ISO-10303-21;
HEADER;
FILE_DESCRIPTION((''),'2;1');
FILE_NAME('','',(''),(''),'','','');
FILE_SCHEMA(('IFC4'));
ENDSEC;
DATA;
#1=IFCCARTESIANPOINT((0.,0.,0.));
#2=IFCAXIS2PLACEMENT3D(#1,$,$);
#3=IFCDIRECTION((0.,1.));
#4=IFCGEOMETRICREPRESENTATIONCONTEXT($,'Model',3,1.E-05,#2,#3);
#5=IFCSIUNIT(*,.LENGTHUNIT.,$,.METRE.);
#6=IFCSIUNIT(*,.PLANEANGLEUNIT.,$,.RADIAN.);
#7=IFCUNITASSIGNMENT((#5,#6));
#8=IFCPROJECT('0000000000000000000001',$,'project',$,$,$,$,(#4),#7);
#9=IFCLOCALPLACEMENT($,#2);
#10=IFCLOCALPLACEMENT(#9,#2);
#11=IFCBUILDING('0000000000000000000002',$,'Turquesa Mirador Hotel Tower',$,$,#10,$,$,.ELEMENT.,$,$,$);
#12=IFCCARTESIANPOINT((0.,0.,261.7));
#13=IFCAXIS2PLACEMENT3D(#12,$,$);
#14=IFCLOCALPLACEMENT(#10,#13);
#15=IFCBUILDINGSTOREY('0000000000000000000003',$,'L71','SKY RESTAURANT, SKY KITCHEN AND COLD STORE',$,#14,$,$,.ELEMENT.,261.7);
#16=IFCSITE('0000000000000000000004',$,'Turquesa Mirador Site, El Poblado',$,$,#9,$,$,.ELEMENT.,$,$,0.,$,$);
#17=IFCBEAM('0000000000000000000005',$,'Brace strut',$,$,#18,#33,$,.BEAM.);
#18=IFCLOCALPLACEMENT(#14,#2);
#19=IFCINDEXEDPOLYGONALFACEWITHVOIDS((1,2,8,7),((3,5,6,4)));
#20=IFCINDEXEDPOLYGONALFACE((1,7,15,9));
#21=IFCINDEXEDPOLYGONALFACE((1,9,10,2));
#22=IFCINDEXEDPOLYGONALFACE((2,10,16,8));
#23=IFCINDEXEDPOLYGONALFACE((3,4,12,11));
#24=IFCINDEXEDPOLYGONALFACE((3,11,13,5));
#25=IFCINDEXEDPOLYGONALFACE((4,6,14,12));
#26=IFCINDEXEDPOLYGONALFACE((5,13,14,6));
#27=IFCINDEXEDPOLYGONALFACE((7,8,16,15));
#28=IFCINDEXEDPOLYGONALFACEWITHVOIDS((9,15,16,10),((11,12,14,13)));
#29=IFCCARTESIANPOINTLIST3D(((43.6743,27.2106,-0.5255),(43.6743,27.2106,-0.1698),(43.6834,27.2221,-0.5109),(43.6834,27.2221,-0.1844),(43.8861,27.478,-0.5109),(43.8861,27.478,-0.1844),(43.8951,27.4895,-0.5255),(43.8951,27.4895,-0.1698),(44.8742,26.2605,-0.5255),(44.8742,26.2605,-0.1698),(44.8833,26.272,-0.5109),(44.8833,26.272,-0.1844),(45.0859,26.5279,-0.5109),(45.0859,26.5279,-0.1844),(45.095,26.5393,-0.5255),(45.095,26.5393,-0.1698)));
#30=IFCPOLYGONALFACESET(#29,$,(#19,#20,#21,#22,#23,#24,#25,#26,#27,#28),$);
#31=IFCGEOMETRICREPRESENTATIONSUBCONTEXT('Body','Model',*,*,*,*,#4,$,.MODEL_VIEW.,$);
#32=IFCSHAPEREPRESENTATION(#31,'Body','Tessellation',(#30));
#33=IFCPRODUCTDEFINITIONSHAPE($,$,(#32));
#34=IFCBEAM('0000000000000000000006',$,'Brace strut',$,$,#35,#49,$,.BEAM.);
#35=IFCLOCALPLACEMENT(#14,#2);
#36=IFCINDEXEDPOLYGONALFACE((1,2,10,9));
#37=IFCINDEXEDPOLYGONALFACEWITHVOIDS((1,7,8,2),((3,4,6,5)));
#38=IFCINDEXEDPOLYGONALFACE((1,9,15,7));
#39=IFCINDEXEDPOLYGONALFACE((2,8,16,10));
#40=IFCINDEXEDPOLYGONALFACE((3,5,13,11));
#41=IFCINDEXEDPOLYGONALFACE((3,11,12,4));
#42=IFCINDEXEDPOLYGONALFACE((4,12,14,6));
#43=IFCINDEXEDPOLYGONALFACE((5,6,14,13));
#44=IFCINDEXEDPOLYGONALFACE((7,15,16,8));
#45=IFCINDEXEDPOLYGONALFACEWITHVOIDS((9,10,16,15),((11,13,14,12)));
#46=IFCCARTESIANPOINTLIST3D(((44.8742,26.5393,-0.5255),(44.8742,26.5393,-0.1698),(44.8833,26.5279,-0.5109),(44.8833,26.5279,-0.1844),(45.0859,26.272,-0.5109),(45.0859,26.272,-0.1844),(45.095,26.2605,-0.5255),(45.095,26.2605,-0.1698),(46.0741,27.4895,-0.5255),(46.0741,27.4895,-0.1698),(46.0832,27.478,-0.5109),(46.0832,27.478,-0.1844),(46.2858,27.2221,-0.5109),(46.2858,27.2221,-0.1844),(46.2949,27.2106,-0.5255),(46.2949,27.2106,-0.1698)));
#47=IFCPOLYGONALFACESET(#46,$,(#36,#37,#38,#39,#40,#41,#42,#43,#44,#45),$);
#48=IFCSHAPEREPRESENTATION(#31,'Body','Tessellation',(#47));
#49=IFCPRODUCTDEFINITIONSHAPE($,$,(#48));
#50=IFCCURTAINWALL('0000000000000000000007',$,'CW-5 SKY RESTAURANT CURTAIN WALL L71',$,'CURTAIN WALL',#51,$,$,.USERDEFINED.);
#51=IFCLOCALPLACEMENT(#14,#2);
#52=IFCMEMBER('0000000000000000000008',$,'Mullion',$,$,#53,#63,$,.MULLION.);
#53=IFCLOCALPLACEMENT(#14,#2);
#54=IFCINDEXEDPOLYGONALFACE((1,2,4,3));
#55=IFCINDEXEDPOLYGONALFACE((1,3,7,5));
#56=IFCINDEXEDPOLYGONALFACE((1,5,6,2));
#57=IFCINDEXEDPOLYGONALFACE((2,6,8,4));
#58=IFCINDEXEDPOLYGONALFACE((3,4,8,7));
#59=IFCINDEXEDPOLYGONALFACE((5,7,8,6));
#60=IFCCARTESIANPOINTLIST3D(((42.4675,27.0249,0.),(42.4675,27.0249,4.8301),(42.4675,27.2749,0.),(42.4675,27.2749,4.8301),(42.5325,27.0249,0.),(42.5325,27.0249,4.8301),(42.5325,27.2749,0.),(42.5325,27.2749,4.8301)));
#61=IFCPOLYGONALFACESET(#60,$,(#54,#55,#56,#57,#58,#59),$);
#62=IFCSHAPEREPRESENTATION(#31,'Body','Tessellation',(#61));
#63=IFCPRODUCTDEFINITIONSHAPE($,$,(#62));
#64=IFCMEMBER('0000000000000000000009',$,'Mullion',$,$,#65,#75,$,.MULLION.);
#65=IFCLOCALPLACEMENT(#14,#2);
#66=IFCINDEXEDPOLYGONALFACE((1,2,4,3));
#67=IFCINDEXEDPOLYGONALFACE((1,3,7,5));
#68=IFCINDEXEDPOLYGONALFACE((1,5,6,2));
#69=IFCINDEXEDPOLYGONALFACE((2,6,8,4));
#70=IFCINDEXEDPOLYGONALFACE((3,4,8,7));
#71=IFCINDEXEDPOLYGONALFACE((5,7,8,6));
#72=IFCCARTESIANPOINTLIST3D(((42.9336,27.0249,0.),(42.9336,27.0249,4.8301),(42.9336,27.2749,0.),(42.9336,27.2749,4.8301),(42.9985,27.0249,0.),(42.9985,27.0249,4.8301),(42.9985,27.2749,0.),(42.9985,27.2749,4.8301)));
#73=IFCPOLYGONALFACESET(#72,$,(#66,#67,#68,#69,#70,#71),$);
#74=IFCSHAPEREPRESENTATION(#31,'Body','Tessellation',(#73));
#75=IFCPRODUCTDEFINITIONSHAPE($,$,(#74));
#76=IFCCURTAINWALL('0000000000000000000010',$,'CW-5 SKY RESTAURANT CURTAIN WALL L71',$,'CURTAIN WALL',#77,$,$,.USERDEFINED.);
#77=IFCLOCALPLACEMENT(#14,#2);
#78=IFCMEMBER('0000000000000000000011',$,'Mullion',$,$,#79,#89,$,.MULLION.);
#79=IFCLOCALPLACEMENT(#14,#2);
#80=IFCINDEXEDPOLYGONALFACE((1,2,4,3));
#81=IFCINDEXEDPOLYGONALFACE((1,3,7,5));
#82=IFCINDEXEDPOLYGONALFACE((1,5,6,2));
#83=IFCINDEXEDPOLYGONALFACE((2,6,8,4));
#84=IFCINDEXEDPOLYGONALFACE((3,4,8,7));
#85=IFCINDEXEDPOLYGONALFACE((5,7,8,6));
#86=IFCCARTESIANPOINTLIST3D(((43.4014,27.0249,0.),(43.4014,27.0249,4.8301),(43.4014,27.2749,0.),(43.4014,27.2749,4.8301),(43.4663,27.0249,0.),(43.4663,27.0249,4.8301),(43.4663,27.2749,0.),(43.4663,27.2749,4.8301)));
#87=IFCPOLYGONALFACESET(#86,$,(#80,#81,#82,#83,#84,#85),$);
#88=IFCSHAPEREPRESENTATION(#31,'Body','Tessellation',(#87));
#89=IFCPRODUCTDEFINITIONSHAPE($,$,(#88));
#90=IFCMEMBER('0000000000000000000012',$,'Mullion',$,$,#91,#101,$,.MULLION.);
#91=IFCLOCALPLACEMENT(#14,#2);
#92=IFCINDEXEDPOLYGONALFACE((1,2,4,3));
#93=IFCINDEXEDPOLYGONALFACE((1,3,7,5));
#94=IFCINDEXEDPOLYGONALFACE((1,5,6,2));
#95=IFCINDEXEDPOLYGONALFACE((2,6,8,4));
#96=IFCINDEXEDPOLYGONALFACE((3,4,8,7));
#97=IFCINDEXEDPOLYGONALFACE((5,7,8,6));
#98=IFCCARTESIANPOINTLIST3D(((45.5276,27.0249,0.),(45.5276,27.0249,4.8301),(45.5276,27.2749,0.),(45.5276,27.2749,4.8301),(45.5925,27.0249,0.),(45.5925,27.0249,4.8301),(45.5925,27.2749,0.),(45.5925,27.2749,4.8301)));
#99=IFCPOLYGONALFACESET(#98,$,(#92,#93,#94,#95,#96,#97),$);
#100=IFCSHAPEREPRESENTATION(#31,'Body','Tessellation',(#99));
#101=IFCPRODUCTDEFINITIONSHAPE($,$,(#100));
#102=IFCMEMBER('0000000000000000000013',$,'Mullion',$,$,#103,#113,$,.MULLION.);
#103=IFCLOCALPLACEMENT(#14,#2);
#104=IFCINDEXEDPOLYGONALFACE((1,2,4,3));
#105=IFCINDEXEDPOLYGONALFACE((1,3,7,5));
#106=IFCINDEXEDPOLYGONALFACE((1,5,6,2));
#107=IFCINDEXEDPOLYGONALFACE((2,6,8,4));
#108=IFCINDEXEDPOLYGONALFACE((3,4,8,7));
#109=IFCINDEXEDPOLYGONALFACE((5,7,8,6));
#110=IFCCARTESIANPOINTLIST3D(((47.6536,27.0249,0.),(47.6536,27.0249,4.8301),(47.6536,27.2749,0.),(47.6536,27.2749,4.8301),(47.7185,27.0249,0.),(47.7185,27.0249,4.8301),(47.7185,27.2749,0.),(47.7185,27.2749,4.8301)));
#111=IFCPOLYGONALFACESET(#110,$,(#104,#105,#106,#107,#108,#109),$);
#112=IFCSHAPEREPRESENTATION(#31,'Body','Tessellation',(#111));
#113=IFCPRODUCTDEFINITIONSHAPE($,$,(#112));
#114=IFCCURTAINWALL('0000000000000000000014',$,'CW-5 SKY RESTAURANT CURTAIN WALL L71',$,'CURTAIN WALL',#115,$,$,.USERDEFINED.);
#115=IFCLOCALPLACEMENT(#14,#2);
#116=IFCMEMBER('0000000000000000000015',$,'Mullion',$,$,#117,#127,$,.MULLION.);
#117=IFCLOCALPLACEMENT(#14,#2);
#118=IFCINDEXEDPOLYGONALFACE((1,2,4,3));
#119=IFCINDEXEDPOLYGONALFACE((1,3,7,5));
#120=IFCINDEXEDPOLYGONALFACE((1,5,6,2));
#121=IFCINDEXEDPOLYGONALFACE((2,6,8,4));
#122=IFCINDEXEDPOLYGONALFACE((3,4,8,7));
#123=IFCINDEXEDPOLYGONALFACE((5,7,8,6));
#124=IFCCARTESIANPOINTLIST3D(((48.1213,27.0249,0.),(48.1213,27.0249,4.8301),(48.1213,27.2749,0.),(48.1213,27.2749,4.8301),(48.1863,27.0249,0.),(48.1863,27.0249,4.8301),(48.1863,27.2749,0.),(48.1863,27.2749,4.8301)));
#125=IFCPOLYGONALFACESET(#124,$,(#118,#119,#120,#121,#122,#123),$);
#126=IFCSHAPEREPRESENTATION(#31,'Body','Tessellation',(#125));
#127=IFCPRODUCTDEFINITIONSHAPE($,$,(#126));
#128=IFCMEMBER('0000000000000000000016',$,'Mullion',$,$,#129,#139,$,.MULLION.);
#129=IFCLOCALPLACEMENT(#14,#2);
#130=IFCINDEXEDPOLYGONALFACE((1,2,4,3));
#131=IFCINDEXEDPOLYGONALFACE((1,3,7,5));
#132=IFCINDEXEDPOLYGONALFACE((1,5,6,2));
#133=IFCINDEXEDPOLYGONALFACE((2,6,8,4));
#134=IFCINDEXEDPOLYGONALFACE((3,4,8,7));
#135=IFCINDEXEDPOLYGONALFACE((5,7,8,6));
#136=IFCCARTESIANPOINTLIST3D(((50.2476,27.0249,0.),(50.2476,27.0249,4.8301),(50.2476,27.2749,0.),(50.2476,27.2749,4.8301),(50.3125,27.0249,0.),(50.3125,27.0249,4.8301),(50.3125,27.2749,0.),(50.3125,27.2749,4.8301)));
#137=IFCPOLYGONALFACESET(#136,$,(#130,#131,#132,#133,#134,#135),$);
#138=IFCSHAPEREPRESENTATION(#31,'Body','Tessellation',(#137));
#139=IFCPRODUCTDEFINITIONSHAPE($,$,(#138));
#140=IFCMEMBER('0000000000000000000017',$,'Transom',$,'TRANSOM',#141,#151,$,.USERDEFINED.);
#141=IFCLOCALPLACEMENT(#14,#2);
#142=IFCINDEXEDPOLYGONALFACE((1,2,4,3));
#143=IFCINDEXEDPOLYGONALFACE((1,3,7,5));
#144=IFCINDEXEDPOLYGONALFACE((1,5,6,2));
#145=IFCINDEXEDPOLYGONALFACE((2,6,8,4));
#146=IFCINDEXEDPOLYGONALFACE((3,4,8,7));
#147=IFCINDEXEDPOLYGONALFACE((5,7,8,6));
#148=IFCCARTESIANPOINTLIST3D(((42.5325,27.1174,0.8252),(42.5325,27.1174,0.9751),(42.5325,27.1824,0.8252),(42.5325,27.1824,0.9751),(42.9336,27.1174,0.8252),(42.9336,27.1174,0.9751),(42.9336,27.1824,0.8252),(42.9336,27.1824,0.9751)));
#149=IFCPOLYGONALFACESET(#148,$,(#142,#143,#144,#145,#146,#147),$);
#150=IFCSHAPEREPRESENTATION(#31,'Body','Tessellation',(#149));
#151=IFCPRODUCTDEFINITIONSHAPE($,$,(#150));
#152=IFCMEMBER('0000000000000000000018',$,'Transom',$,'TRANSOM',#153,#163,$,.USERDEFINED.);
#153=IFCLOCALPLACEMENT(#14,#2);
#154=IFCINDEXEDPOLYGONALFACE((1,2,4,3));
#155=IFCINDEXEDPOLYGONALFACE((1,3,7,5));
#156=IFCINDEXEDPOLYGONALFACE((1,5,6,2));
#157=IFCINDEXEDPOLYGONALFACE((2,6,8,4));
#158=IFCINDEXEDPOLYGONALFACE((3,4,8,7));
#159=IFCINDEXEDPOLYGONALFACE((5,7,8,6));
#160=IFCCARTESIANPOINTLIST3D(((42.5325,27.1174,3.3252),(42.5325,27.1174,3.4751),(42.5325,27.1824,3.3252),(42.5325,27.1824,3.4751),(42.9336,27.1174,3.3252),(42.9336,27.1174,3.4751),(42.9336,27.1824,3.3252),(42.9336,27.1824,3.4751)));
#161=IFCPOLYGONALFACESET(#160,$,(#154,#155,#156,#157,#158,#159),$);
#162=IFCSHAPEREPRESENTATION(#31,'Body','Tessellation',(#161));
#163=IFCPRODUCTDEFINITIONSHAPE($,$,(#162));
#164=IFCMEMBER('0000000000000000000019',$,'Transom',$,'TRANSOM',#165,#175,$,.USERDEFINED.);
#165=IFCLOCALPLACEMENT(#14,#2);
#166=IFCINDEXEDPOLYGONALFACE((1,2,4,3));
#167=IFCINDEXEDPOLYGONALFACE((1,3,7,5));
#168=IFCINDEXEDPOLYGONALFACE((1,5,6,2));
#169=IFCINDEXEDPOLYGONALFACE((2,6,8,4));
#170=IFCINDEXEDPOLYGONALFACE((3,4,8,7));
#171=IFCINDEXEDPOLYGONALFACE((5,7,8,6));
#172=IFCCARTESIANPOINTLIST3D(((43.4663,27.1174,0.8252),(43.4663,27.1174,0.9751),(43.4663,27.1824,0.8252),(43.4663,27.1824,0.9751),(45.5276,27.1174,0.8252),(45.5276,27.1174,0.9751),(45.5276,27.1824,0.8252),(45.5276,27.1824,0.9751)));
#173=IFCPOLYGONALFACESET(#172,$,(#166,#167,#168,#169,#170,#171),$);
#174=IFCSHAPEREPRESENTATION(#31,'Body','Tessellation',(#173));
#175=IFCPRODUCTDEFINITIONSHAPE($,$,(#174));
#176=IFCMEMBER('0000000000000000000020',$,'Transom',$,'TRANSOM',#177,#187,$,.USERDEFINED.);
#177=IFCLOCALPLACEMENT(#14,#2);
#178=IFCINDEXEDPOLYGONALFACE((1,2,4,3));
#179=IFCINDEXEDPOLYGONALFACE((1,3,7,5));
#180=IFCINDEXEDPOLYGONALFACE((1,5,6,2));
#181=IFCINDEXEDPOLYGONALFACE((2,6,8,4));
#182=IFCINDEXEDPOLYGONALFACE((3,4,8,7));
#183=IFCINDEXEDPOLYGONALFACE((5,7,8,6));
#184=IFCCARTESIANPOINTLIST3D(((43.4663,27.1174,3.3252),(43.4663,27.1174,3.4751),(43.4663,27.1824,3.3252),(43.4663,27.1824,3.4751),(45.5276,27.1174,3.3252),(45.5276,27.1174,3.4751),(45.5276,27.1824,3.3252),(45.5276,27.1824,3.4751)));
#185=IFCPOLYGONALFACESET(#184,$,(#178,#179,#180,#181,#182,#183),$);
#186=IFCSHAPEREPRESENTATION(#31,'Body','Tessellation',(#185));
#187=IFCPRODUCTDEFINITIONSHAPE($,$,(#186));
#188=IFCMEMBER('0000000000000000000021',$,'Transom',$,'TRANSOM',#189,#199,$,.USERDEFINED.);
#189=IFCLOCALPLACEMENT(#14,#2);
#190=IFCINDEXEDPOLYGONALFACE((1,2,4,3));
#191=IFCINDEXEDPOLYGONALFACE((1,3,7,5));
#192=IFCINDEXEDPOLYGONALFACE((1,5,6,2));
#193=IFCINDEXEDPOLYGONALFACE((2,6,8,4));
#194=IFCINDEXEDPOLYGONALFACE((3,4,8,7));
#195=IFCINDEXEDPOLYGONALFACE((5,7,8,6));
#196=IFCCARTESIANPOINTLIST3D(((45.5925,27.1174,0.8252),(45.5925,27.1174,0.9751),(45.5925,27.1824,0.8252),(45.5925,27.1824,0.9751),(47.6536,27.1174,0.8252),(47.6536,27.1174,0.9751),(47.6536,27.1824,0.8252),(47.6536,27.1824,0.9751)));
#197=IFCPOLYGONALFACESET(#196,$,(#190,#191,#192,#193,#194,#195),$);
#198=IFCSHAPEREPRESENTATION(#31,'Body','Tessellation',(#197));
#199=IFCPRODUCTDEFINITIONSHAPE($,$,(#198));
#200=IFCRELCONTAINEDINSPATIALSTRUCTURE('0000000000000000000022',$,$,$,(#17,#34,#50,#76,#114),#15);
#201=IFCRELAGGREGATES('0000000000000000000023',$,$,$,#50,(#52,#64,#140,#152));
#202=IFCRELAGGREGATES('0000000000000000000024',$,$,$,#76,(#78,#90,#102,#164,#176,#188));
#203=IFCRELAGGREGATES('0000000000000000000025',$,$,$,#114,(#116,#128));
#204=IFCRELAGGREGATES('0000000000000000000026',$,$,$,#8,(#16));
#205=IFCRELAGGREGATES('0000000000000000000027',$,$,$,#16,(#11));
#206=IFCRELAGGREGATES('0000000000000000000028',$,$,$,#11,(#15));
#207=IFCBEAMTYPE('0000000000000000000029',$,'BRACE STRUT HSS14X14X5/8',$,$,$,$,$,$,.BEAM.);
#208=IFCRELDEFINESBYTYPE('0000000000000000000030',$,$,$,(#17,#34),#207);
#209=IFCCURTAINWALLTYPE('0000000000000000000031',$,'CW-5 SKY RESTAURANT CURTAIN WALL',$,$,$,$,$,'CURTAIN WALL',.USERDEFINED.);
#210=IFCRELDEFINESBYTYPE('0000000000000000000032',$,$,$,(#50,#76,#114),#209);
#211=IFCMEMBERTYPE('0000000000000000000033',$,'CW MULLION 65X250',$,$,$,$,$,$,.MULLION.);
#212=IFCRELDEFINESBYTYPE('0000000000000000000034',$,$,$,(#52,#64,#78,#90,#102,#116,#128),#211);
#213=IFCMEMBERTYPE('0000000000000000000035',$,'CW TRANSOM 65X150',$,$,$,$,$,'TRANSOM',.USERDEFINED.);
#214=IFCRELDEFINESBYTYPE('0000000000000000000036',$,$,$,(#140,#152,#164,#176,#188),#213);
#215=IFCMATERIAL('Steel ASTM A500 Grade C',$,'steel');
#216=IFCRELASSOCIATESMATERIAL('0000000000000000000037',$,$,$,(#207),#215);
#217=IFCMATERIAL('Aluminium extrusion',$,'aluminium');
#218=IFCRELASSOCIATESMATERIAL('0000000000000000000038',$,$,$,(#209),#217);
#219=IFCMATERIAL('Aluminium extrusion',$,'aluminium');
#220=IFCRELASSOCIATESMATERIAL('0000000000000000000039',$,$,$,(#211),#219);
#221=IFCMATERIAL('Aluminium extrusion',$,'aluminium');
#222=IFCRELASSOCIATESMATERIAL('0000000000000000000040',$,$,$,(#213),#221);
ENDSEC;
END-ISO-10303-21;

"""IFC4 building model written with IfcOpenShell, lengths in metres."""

from ifc_helpers import new_model, si_unit, direction, frame, origin, origin_2d, place, context, subcontext, project, spatial, rectangle, hollow_rectangle, extrude, material, material_profile, profile_set, type_object, element, aggregate, save


model = new_model("IFC4")

# Units and contexts
model_context = context("Model", 3, precision=1e-05, world=origin(), true_north=direction((0.0, 1.0)))
body_context = subcontext(model_context, "Body", "Model", "MODEL_VIEW")
ifc_project = project(units=[si_unit("LENGTHUNIT", "METRE"), si_unit("PLANEANGLEUNIT", "RADIAN")], contexts=[model_context])

# Site, building, storey
site_placement = place(None, origin())
site = spatial("IfcSite", under=ifc_project, at=site_placement, Name="Turquesa Mirador Site, El Poblado", CompositionType="ELEMENT", RefElevation=0.0)
building_placement = place(site_placement, origin())
building = spatial("IfcBuilding", under=site, at=building_placement, Name="Turquesa Mirador Hotel Tower", CompositionType="ELEMENT")
storey_placement = place(building_placement, frame((0.0, 0.0, 261.7)))
storey = spatial("IfcBuildingStorey", under=building, at=storey_placement, Name="L71", Description="SKY RESTAURANT, SKY KITCHEN AND COLD STORE", CompositionType="ELEMENT", Elevation=261.7)

# Beams
ifc_material_1 = material(Name="Steel ASTM A500 Grade C", Category="steel")
ifc_material_profile_1 = material_profile(ifc_material_1, hollow_rectangle(XDim=0.3557, YDim=0.3557, WallThickness=0.0146, at=origin_2d()), Name="HSS14X14X5/8")
ifc_profile_set_1 = profile_set([ifc_material_profile_1], Name="Steel ASTM A500 Grade C")
beam_type = type_object("IfcBeamType", Name="BRACE STRUT HSS14X14X5/8", PredefinedType="BEAM", material=ifc_profile_set_1)
for number, where, z_axis, x_axis, name in (
    (1, (44.9846, 26.3999, -0.3477), (-0.783971, 0.620797, 0.0), (-0.620797, -0.783971, 0.0), "Brace strut"),
    (2, (44.9846, 26.3999, -0.3477), (0.783971, 0.620797, 0.0), (-0.620797, 0.783971, 0.0), "Brace strut"),
):
    element("IfcBeam", number, at=place(storey_placement, frame(where, z_axis=z_axis, x_axis=x_axis)), inside=storey, type_object=beam_type, Name=name, PredefinedType="BEAM", context=body_context, shape_type="SweptSolid", body=[
        extrude(hollow_rectangle(XDim=0.3557, YDim=0.3557, WallThickness=0.0146, at=origin_2d()), origin(), (0.0, 0.0, 1.0), 1.5305),
    ])

# Curtain walls, members
ifc_material_2 = material(Name="Aluminium extrusion", Category="aluminium")
curtain_wall_type = type_object("IfcCurtainWallType", Name="CW-5 SKY RESTAURANT CURTAIN WALL", ElementType="CURTAIN WALL", PredefinedType="USERDEFINED", material=ifc_material_2)
curtain_wall_1_placement = place(storey_placement, origin())
curtain_wall_1 = element("IfcCurtainWall", 3, at=curtain_wall_1_placement, inside=storey, type_object=curtain_wall_type, Name="CW-5 SKY RESTAURANT CURTAIN WALL L71", ObjectType="CURTAIN WALL", PredefinedType="USERDEFINED")
ifc_material_3 = material(Name="Aluminium extrusion", Category="aluminium")
ifc_material_profile_2 = material_profile(ifc_material_3, rectangle(XDim=0.0649, YDim=0.25, at=origin_2d()), Name="MULLION 65X250")
ifc_profile_set_2 = profile_set([ifc_material_profile_2], Name="Aluminium extrusion")
member_type_1 = type_object("IfcMemberType", Name="CW MULLION 65X250", PredefinedType="MULLION", material=ifc_profile_set_2)
member_1_placement = place(storey_placement, frame((42.5, 27.1499, 0.0), z_axis=(0.0, 0.0, 1.0), x_axis=(1.0, 0.0, 0.0)))
member_1 = element("IfcMember", 4, at=member_1_placement, type_object=member_type_1, Name="Mullion", PredefinedType="MULLION", context=body_context, shape_type="SweptSolid", body=[
    extrude(rectangle(XDim=0.0649, YDim=0.25, at=origin_2d()), origin(), (0.0, 0.0, 1.0), 4.8301),
])
member_2_placement = place(storey_placement, frame((42.9661, 27.1499, 0.0), z_axis=(0.0, 0.0, 1.0), x_axis=(1.0, 0.0, 0.0)))
member_2 = element("IfcMember", 5, at=member_2_placement, type_object=member_type_1, Name="Mullion", PredefinedType="MULLION", context=body_context, shape_type="SweptSolid", body=[
    extrude(rectangle(XDim=0.0649, YDim=0.25, at=origin_2d()), origin(), (0.0, 0.0, 1.0), 4.8301),
])
curtain_wall_2_placement = place(storey_placement, origin())
curtain_wall_2 = element("IfcCurtainWall", 6, at=curtain_wall_2_placement, inside=storey, type_object=curtain_wall_type, Name="CW-5 SKY RESTAURANT CURTAIN WALL L71", ObjectType="CURTAIN WALL", PredefinedType="USERDEFINED")
member_3_placement = place(storey_placement, frame((43.4338, 27.1499, 0.0), z_axis=(0.0, 0.0, 1.0), x_axis=(1.0, 0.0, 0.0)))
member_3 = element("IfcMember", 7, at=member_3_placement, type_object=member_type_1, Name="Mullion", PredefinedType="MULLION", context=body_context, shape_type="SweptSolid", body=[
    extrude(rectangle(XDim=0.0649, YDim=0.25, at=origin_2d()), origin(), (0.0, 0.0, 1.0), 4.8301),
])
member_4_placement = place(storey_placement, frame((45.5601, 27.1499, 0.0), z_axis=(0.0, 0.0, 1.0), x_axis=(1.0, 0.0, 0.0)))
member_4 = element("IfcMember", 8, at=member_4_placement, type_object=member_type_1, Name="Mullion", PredefinedType="MULLION", context=body_context, shape_type="SweptSolid", body=[
    extrude(rectangle(XDim=0.0649, YDim=0.25, at=origin_2d()), origin(), (0.0, 0.0, 1.0), 4.8301),
])
member_5_placement = place(storey_placement, frame((47.686, 27.1499, 0.0), z_axis=(0.0, 0.0, 1.0), x_axis=(1.0, 0.0, 0.0)))
member_5 = element("IfcMember", 9, at=member_5_placement, type_object=member_type_1, Name="Mullion", PredefinedType="MULLION", context=body_context, shape_type="SweptSolid", body=[
    extrude(rectangle(XDim=0.0649, YDim=0.25, at=origin_2d()), origin(), (0.0, 0.0, 1.0), 4.8301),
])
curtain_wall_3_placement = place(storey_placement, origin())
curtain_wall_3 = element("IfcCurtainWall", 10, at=curtain_wall_3_placement, inside=storey, type_object=curtain_wall_type, Name="CW-5 SKY RESTAURANT CURTAIN WALL L71", ObjectType="CURTAIN WALL", PredefinedType="USERDEFINED")
member_6_placement = place(storey_placement, frame((48.1538, 27.1499, 0.0), z_axis=(0.0, 0.0, 1.0), x_axis=(1.0, 0.0, 0.0)))
member_6 = element("IfcMember", 11, at=member_6_placement, type_object=member_type_1, Name="Mullion", PredefinedType="MULLION", context=body_context, shape_type="SweptSolid", body=[
    extrude(rectangle(XDim=0.0649, YDim=0.25, at=origin_2d()), origin(), (0.0, 0.0, 1.0), 4.8301),
])
member_7_placement = place(storey_placement, frame((50.28, 27.1499, 0.0), z_axis=(0.0, 0.0, 1.0), x_axis=(1.0, 0.0, 0.0)))
member_7 = element("IfcMember", 12, at=member_7_placement, type_object=member_type_1, Name="Mullion", PredefinedType="MULLION", context=body_context, shape_type="SweptSolid", body=[
    extrude(rectangle(XDim=0.0649, YDim=0.25, at=origin_2d()), origin(), (0.0, 0.0, 1.0), 4.8301),
])

# Members
ifc_material_4 = material(Name="Aluminium extrusion", Category="aluminium")
ifc_material_profile_3 = material_profile(ifc_material_4, rectangle(XDim=0.0649, YDim=0.1499, at=origin_2d()), Name="TRANSOM 65X150")
ifc_profile_set_3 = profile_set([ifc_material_profile_3], Name="Aluminium extrusion")
member_type_2 = type_object("IfcMemberType", Name="CW TRANSOM 65X150", ElementType="TRANSOM", PredefinedType="USERDEFINED", material=ifc_profile_set_3)
member_8_placement = place(storey_placement, frame((42.5325, 27.1499, 0.9001), z_axis=(1.0, 0.0, 0.0), x_axis=(0.0, 1.0, 0.0)))
member_8 = element("IfcMember", 13, at=member_8_placement, type_object=member_type_2, Name="Transom", ObjectType="TRANSOM", PredefinedType="USERDEFINED", context=body_context, shape_type="SweptSolid", body=[
    extrude(rectangle(XDim=0.0649, YDim=0.1499, at=origin_2d()), origin(), (0.0, 0.0, 1.0), 0.4011),
])
member_9_placement = place(storey_placement, frame((42.5325, 27.1499, 3.4001), z_axis=(1.0, 0.0, 0.0), x_axis=(0.0, 1.0, 0.0)))
member_9 = element("IfcMember", 14, at=member_9_placement, type_object=member_type_2, Name="Transom", ObjectType="TRANSOM", PredefinedType="USERDEFINED", context=body_context, shape_type="SweptSolid", body=[
    extrude(rectangle(XDim=0.0649, YDim=0.1499, at=origin_2d()), origin(), (0.0, 0.0, 1.0), 0.4011),
])
member_10_placement = place(storey_placement, frame((43.4663, 27.1499, 0.9001), z_axis=(1.0, 0.0, 0.0), x_axis=(0.0, 1.0, 0.0)))
member_10 = element("IfcMember", 15, at=member_10_placement, type_object=member_type_2, Name="Transom", ObjectType="TRANSOM", PredefinedType="USERDEFINED", context=body_context, shape_type="SweptSolid", body=[
    extrude(rectangle(XDim=0.0649, YDim=0.1499, at=origin_2d()), origin(), (0.0, 0.0, 1.0), 2.0613),
])
member_11_placement = place(storey_placement, frame((43.4663, 27.1499, 3.4001), z_axis=(1.0, 0.0, 0.0), x_axis=(0.0, 1.0, 0.0)))
member_11 = element("IfcMember", 16, at=member_11_placement, type_object=member_type_2, Name="Transom", ObjectType="TRANSOM", PredefinedType="USERDEFINED", context=body_context, shape_type="SweptSolid", body=[
    extrude(rectangle(XDim=0.0649, YDim=0.1499, at=origin_2d()), origin(), (0.0, 0.0, 1.0), 2.0613),
])
member_12_placement = place(storey_placement, frame((45.5925, 27.1499, 0.9001), z_axis=(1.0, 0.0, 0.0), x_axis=(0.0, 1.0, 0.0)))
member_12 = element("IfcMember", 17, at=member_12_placement, type_object=member_type_2, Name="Transom", ObjectType="TRANSOM", PredefinedType="USERDEFINED", context=body_context, shape_type="SweptSolid", body=[
    extrude(rectangle(XDim=0.0649, YDim=0.1499, at=origin_2d()), origin(), (0.0, 0.0, 1.0), 2.061),
])

aggregate(curtain_wall_1, [member_1, member_2, member_8, member_9])
aggregate(curtain_wall_2, [member_3, member_4, member_5, member_10, member_11, member_12])
aggregate(curtain_wall_3, [member_6, member_7])

save(model, "model.ifc")
